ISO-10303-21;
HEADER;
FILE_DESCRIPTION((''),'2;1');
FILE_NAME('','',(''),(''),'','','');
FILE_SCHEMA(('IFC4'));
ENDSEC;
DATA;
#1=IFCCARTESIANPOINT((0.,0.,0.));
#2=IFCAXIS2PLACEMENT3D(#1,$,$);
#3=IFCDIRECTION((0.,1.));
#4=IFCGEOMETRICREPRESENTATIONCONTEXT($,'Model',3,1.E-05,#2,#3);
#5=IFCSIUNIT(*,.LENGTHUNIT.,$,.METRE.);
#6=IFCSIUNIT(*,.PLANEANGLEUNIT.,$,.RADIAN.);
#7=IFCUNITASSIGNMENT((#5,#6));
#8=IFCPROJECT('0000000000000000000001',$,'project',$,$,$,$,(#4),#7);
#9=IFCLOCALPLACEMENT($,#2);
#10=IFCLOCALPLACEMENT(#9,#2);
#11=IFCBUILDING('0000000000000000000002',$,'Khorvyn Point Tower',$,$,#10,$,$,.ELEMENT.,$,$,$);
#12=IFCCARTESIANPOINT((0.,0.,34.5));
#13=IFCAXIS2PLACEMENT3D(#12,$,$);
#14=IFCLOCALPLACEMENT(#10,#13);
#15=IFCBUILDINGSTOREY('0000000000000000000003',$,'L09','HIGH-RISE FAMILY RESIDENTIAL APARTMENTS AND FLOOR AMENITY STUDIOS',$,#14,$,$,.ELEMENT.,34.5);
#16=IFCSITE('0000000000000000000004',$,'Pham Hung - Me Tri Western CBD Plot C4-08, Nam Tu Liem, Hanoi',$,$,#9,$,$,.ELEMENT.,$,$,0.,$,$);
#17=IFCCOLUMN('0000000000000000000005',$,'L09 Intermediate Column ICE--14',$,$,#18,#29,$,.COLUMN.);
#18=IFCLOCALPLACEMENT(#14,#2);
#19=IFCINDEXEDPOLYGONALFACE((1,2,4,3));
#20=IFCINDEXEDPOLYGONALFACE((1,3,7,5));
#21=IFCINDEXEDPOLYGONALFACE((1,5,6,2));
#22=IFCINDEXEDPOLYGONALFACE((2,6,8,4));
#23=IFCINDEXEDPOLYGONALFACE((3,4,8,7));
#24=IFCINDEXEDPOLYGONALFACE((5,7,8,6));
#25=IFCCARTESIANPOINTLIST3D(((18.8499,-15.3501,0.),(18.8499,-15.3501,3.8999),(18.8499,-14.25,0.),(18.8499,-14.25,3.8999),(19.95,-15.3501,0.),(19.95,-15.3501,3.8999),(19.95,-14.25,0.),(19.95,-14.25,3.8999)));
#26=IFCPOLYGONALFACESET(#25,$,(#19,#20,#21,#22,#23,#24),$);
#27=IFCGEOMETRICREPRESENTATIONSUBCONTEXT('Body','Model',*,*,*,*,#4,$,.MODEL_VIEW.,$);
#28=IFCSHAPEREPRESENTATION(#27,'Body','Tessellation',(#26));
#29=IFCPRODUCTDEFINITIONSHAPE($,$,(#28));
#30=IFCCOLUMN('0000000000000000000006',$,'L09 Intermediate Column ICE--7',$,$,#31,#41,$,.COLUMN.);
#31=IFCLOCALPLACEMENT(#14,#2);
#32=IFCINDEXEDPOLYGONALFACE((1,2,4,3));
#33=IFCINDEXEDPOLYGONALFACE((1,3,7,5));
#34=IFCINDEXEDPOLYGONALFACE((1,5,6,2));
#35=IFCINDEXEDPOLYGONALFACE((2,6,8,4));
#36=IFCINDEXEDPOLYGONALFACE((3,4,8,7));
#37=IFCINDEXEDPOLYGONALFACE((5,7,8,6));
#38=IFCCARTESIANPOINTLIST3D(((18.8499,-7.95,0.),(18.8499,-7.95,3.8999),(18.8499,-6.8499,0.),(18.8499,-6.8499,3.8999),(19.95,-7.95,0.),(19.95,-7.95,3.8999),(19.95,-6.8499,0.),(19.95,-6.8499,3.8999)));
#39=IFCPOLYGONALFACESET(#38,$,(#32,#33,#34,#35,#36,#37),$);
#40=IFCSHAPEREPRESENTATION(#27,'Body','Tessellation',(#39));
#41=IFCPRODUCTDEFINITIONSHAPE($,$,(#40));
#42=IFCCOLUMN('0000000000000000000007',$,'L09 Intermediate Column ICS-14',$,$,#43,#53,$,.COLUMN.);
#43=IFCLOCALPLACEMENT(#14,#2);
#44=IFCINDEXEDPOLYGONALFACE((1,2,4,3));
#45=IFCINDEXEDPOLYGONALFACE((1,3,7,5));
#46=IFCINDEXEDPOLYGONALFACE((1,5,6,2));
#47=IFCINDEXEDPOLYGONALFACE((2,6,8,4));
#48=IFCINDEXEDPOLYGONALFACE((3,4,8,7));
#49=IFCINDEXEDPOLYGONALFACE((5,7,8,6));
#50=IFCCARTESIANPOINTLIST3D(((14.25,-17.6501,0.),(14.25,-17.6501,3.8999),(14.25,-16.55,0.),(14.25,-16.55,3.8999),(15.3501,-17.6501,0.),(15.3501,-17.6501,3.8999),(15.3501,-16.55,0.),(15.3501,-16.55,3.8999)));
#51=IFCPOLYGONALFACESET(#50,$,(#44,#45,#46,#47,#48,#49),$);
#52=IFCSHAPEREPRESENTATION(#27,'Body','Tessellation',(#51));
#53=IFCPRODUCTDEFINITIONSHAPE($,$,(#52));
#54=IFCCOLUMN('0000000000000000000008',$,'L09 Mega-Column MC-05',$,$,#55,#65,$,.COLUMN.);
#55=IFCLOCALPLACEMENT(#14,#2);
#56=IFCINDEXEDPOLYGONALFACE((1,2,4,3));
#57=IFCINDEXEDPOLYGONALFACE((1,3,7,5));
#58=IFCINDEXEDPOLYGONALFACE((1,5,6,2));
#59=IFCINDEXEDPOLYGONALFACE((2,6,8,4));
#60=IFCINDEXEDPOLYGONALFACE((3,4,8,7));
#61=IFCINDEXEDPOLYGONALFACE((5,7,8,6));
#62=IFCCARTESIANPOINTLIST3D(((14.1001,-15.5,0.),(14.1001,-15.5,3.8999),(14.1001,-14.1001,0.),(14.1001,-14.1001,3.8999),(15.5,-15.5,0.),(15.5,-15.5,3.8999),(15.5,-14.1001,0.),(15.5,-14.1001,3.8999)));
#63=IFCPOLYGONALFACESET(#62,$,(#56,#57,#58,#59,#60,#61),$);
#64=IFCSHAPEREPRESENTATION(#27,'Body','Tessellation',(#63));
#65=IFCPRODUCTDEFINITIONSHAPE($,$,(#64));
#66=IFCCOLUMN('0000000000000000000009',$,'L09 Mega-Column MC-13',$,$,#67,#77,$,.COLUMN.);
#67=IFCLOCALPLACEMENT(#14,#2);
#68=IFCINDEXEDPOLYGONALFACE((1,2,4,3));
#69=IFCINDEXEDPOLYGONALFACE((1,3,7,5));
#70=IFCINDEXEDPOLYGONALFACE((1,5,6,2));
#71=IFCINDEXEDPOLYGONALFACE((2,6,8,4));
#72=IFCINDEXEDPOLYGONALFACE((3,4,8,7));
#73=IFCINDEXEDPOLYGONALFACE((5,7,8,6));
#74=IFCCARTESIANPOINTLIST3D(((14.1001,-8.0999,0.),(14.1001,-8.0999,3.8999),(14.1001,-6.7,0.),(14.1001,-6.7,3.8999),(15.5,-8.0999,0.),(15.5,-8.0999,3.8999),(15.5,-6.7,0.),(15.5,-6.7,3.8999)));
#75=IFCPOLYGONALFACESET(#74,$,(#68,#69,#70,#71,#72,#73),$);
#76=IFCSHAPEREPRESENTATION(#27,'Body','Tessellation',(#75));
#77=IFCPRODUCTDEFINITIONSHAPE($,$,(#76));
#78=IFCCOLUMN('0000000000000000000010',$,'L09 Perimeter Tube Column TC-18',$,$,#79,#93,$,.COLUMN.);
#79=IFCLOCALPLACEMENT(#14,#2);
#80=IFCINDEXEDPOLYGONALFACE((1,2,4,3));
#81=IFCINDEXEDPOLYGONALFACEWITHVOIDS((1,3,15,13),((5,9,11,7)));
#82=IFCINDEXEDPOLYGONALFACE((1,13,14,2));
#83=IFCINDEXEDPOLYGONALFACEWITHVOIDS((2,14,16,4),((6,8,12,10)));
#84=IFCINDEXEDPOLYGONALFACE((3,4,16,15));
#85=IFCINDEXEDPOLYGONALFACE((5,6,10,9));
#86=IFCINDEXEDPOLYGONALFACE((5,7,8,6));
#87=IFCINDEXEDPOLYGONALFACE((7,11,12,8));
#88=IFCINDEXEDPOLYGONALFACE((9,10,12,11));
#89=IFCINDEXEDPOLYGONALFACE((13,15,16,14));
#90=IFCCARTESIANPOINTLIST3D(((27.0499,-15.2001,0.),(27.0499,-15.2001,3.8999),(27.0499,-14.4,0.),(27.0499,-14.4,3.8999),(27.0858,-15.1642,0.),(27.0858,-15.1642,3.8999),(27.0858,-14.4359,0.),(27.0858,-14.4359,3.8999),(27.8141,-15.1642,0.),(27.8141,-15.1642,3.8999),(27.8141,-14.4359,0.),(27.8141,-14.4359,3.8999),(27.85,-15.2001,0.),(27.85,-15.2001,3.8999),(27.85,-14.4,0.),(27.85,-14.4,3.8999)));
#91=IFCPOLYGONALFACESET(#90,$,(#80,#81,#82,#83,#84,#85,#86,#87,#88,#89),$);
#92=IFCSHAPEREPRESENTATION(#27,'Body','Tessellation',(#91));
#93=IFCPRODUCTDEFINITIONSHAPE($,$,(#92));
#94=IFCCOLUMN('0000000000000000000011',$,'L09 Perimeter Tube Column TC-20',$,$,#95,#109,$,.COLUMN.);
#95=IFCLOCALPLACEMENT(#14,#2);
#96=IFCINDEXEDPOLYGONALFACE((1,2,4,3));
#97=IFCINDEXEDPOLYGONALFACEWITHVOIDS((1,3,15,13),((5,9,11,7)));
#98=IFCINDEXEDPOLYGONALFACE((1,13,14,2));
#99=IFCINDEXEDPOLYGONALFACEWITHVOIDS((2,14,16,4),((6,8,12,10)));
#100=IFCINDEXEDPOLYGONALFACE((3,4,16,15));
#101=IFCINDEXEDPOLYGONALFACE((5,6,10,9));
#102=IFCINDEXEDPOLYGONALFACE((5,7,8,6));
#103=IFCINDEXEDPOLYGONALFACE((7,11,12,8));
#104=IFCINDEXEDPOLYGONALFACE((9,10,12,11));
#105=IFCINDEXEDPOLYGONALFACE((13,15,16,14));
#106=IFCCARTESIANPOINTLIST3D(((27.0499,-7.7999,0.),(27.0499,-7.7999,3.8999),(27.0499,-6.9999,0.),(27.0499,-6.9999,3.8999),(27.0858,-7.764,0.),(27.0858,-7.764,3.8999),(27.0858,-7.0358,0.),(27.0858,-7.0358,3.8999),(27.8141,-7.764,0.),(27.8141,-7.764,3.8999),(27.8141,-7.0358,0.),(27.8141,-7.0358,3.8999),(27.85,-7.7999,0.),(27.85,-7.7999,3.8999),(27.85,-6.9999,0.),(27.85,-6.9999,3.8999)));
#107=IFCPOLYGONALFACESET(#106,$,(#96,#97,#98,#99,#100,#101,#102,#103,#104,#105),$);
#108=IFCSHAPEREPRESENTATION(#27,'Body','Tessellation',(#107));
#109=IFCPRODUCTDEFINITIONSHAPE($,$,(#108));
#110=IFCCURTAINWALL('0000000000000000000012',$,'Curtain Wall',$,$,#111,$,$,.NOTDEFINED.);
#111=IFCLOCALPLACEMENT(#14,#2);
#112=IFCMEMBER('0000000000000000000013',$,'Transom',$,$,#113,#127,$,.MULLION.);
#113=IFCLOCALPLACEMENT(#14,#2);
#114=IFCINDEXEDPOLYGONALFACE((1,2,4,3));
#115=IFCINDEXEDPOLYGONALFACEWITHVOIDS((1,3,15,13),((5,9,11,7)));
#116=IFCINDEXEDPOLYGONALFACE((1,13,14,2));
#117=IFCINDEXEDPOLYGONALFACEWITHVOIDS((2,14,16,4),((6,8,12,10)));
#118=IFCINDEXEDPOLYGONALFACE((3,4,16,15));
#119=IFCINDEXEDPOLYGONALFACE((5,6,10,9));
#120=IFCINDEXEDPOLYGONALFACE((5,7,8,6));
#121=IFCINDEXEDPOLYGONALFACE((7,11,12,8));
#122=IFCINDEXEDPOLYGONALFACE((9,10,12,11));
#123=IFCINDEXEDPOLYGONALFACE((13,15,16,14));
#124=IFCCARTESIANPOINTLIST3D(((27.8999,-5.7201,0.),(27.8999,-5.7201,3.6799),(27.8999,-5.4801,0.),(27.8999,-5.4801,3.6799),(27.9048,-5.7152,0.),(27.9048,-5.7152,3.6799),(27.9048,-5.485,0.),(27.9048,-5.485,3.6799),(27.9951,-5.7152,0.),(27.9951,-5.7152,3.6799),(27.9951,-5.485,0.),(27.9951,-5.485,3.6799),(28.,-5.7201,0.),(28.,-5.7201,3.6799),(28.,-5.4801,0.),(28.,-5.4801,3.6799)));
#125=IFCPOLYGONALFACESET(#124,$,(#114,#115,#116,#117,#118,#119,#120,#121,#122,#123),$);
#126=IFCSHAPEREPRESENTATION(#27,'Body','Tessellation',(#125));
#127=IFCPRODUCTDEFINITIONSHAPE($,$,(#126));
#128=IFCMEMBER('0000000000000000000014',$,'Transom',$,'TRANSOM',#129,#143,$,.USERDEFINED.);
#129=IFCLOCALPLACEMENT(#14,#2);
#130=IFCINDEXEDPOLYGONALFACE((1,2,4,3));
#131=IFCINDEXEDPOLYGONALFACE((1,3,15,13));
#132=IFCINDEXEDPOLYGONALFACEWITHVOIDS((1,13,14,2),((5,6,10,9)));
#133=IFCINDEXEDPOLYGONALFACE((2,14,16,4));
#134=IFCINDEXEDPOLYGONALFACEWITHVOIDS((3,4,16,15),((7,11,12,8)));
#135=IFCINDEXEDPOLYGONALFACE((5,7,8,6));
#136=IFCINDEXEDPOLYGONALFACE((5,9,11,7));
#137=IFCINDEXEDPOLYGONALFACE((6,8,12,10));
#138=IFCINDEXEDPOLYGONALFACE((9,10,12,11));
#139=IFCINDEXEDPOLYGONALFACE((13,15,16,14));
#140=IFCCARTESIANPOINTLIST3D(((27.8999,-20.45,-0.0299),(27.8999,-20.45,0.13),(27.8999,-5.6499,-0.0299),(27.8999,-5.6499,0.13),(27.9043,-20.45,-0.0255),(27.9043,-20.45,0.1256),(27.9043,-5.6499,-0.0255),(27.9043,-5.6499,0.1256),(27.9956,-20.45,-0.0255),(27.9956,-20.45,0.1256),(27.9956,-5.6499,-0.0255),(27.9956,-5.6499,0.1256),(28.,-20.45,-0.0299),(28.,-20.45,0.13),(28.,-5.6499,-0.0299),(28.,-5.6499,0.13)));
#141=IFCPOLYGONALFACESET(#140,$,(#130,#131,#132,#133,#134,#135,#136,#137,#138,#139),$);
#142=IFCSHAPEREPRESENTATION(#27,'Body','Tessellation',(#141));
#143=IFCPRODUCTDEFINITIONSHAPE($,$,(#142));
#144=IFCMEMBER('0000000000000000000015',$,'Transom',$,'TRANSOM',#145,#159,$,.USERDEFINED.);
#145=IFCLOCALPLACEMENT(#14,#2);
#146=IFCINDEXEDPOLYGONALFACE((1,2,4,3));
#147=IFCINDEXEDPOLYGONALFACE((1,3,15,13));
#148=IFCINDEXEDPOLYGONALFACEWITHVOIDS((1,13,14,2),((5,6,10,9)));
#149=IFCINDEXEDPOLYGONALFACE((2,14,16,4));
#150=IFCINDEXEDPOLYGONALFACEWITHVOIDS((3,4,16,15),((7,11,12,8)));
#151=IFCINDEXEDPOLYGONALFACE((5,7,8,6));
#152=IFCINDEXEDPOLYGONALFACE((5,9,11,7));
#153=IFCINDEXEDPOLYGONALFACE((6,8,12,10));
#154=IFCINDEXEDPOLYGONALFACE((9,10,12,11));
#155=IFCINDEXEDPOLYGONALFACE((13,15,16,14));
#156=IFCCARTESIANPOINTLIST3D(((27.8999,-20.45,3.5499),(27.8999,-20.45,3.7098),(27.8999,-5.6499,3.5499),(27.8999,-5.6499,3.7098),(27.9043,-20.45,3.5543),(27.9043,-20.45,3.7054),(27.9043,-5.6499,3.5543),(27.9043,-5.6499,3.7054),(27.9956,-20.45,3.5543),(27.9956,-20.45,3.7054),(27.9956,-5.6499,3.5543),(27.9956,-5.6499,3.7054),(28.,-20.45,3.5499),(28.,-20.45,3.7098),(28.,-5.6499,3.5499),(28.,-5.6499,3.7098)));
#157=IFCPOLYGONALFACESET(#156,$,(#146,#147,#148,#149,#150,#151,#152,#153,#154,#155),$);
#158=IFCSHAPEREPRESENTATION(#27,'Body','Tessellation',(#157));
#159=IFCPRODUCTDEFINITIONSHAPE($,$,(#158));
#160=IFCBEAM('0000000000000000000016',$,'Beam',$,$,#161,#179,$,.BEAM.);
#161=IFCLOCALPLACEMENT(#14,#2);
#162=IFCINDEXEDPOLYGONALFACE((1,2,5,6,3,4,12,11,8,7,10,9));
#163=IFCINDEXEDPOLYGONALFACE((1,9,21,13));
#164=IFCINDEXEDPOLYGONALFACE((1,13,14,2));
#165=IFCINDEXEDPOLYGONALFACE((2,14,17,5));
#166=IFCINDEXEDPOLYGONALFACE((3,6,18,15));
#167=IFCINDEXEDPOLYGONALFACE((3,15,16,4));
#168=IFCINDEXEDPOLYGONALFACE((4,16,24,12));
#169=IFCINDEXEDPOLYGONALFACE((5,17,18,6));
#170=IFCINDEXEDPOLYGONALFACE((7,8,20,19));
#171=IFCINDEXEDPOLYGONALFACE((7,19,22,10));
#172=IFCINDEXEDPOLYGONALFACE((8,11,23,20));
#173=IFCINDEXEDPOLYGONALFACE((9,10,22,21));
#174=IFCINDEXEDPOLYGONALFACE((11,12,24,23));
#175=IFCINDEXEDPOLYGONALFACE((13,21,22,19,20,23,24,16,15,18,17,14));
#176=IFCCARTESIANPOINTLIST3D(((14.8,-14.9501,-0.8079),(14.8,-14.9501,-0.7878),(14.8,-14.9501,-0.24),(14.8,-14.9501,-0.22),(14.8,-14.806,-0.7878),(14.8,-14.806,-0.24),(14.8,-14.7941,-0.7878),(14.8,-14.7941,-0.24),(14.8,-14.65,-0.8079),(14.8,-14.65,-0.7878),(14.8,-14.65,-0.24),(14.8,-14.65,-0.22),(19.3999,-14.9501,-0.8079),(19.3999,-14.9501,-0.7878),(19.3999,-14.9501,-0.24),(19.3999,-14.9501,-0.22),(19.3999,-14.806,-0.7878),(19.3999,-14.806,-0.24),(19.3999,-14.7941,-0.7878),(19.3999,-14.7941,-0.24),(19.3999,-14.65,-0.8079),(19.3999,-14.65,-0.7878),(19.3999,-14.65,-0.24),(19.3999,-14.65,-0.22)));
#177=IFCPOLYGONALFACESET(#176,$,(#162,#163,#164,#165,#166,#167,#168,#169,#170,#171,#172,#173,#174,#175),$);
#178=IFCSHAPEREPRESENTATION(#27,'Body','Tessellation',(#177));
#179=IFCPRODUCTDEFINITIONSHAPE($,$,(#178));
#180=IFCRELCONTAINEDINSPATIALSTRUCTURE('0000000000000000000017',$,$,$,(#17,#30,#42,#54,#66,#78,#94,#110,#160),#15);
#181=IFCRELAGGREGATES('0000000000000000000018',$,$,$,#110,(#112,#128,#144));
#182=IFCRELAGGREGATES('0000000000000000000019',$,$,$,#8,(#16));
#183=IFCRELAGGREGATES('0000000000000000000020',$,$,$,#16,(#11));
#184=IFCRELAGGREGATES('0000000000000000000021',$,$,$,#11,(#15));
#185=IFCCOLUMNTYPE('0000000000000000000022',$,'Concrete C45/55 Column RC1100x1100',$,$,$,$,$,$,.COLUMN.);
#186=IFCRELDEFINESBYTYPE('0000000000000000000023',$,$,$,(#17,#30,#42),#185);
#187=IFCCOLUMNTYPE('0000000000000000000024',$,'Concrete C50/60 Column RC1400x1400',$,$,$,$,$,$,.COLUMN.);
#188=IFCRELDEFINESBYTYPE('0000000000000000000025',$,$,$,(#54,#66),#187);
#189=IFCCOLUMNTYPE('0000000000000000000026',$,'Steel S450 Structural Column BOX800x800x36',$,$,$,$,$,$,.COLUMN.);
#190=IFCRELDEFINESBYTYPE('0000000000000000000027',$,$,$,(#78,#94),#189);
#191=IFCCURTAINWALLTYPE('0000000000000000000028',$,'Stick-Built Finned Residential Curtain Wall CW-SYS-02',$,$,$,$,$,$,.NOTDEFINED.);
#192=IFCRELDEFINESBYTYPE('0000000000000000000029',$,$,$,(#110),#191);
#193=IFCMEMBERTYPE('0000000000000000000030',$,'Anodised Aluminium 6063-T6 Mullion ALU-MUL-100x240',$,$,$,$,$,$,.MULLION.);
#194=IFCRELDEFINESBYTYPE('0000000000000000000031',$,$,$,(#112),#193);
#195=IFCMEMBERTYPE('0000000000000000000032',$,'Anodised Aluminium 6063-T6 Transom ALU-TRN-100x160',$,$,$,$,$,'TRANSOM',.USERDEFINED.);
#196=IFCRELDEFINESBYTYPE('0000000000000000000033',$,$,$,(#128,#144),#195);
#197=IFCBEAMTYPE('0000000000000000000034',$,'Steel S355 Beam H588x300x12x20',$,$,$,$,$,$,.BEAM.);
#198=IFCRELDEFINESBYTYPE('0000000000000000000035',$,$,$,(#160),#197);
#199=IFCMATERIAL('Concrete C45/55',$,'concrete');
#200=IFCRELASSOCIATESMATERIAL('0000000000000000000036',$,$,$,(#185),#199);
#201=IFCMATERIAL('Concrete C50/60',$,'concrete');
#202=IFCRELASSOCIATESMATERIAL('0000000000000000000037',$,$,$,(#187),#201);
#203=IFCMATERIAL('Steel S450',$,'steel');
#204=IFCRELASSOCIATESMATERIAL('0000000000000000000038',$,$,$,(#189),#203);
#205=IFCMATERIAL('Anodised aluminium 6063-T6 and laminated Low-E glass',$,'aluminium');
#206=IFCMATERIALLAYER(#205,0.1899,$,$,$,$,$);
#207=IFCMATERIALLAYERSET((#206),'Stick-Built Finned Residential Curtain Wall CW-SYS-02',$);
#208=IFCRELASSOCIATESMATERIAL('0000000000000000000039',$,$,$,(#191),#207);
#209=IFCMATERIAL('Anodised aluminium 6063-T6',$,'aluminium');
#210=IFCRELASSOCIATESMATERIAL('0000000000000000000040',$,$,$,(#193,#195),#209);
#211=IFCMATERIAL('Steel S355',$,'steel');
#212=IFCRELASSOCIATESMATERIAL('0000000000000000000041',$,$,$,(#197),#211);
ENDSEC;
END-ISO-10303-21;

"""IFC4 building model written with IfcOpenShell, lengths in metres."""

from ifc_helpers import new_model, si_unit, direction, frame, origin, origin_2d, place, context, subcontext, project, spatial, rectangle, hollow_rectangle, i_section, extrude, material, layer, layer_set, material_profile, profile_set, type_object, element, aggregate, save


model = new_model("IFC4")

# Units and contexts
model_context = context("Model", 3, precision=1e-05, world=origin(), true_north=direction((0.0, 1.0)))
body_context = subcontext(model_context, "Body", "Model", "MODEL_VIEW")
ifc_project = project(units=[si_unit("LENGTHUNIT", "METRE"), si_unit("PLANEANGLEUNIT", "RADIAN")], contexts=[model_context])

# Site, building, storey
site_placement = place(None, origin())
site = spatial("IfcSite", under=ifc_project, at=site_placement, Name="Pham Hung - Me Tri Western CBD Plot C4-08, Nam Tu Liem, Hanoi", CompositionType="ELEMENT", RefElevation=0.0)
building_placement = place(site_placement, origin())
building = spatial("IfcBuilding", under=site, at=building_placement, Name="Khorvyn Point Tower", CompositionType="ELEMENT")
storey_placement = place(building_placement, frame((0.0, 0.0, 34.5)))
storey = spatial("IfcBuildingStorey", under=building, at=storey_placement, Name="L09", Description="HIGH-RISE FAMILY RESIDENTIAL APARTMENTS AND FLOOR AMENITY STUDIOS", CompositionType="ELEMENT", Elevation=34.5)

# Columns
ifc_material_1 = material(Name="Concrete C45/55", Category="concrete")
ifc_material_profile_1 = material_profile(ifc_material_1, rectangle(XDim=1.1001, YDim=1.1001, at=origin_2d()))
ifc_profile_set_1 = profile_set([ifc_material_profile_1], Name="Concrete C45/55 RC1100x1100")
column_type_1 = type_object("IfcColumnType", Name="Concrete C45/55 Column RC1100x1100", PredefinedType="COLUMN", material=ifc_profile_set_1)
for number, where, z_axis, x_axis, name in (
    (1, (19.3999, -14.8, 0.0), (0.0, 0.0, 1.0), (1.0, 0.0, 0.0), "L09 Intermediate Column ICE--14"),
    (2, (19.3999, -7.3999, 0.0), (0.0, 0.0, 1.0), (1.0, 0.0, 0.0), "L09 Intermediate Column ICE--7"),
    (3, (14.8, -17.1001, 0.0), (0.0, 0.0, 1.0), (1.0, 0.0, 0.0), "L09 Intermediate Column ICS-14"),
):
    element("IfcColumn", number, at=place(storey_placement, frame(where, z_axis=z_axis, x_axis=x_axis)), inside=storey, type_object=column_type_1, Name=name, PredefinedType="COLUMN", context=body_context, shape_type="SweptSolid", body=[
        extrude(rectangle(XDim=1.1001, YDim=1.1001, at=origin_2d()), origin(), (0.0, 0.0, 1.0), 3.8999),
    ])
ifc_material_2 = material(Name="Concrete C50/60", Category="concrete")
ifc_material_profile_2 = material_profile(ifc_material_2, rectangle(XDim=1.3999, YDim=1.3999, at=origin_2d()))
ifc_profile_set_2 = profile_set([ifc_material_profile_2], Name="Concrete C50/60 RC1400x1400")
column_type_2 = type_object("IfcColumnType", Name="Concrete C50/60 Column RC1400x1400", PredefinedType="COLUMN", material=ifc_profile_set_2)
for number, where, z_axis, x_axis, name in (
    (4, (14.8, -14.8, 0.0), (0.0, 0.0, 1.0), (1.0, 0.0, 0.0), "L09 Mega-Column MC-05"),
    (5, (14.8, -7.3999, 0.0), (0.0, 0.0, 1.0), (1.0, 0.0, 0.0), "L09 Mega-Column MC-13"),
):
    element("IfcColumn", number, at=place(storey_placement, frame(where, z_axis=z_axis, x_axis=x_axis)), inside=storey, type_object=column_type_2, Name=name, PredefinedType="COLUMN", context=body_context, shape_type="SweptSolid", body=[
        extrude(rectangle(XDim=1.3999, YDim=1.3999, at=origin_2d()), origin(), (0.0, 0.0, 1.0), 3.8999),
    ])
ifc_material_3 = material(Name="Steel S450", Category="steel")
ifc_material_profile_3 = material_profile(ifc_material_3, hollow_rectangle(XDim=0.8, YDim=0.8, WallThickness=0.0359, at=origin_2d()))
ifc_profile_set_3 = profile_set([ifc_material_profile_3], Name="Steel S450 BOX800x800x36")
column_type_3 = type_object("IfcColumnType", Name="Steel S450 Structural Column BOX800x800x36", PredefinedType="COLUMN", material=ifc_profile_set_3)
for number, where, z_axis, x_axis, name in (
    (6, (27.45, -14.8, 0.0), (0.0, 0.0, 1.0), (1.0, 0.0, 0.0), "L09 Perimeter Tube Column TC-18"),
    (7, (27.45, -7.3999, 0.0), (0.0, 0.0, 1.0), (1.0, 0.0, 0.0), "L09 Perimeter Tube Column TC-20"),
):
    element("IfcColumn", number, at=place(storey_placement, frame(where, z_axis=z_axis, x_axis=x_axis)), inside=storey, type_object=column_type_3, Name=name, PredefinedType="COLUMN", context=body_context, shape_type="SweptSolid", body=[
        extrude(hollow_rectangle(XDim=0.8, YDim=0.8, WallThickness=0.0359, at=origin_2d()), origin(), (0.0, 0.0, 1.0), 3.8999),
    ])

# Curtain wall, members
ifc_material_4 = material(Name="Anodised aluminium 6063-T6 and laminated Low-E glass", Category="aluminium")
ifc_layer_1 = layer(ifc_material_4, 0.1899)
ifc_layer_set_1 = layer_set([ifc_layer_1], Name="Stick-Built Finned Residential Curtain Wall CW-SYS-02")
curtain_wall_type = type_object("IfcCurtainWallType", Name="Stick-Built Finned Residential Curtain Wall CW-SYS-02", PredefinedType="NOTDEFINED", material=ifc_layer_set_1)
curtain_wall_placement = place(storey_placement, origin())
curtain_wall = element("IfcCurtainWall", 8, at=curtain_wall_placement, inside=storey, type_object=curtain_wall_type, Name="Curtain Wall", PredefinedType="NOTDEFINED")
ifc_material_5 = material(Name="Anodised aluminium 6063-T6", Category="aluminium")
ifc_material_profile_4 = material_profile(ifc_material_5, hollow_rectangle(XDim=0.1001, YDim=0.24, WallThickness=0.0049, at=origin_2d()))
ifc_profile_set_4 = profile_set([ifc_material_profile_4], Name="Anodised aluminium 6063-T6 ALU-MUL-100x240")
member_type_1 = type_object("IfcMemberType", Name="Anodised Aluminium 6063-T6 Mullion ALU-MUL-100x240", PredefinedType="MULLION", material=ifc_profile_set_4)
member_1_placement = place(storey_placement, frame((27.95, -5.6001, 0.0), z_axis=(0.0, 0.0, 1.0), x_axis=(1.0, 0.0, 0.0)))
member_1 = element("IfcMember", 9, at=member_1_placement, type_object=member_type_1, Name="Transom", PredefinedType="MULLION", context=body_context, shape_type="SweptSolid", body=[
    extrude(hollow_rectangle(XDim=0.1001, YDim=0.24, WallThickness=0.0049, at=origin_2d()), origin(), (0.0, 0.0, 1.0), 3.6799),
])
ifc_material_profile_5 = material_profile(ifc_material_5, hollow_rectangle(XDim=0.1001, YDim=0.1599, WallThickness=0.0044, at=origin_2d()))
ifc_profile_set_5 = profile_set([ifc_material_profile_5], Name="Anodised aluminium 6063-T6 ALU-TRN-100x160")
member_type_2 = type_object("IfcMemberType", Name="Anodised Aluminium 6063-T6 Transom ALU-TRN-100x160", ElementType="TRANSOM", PredefinedType="USERDEFINED", material=ifc_profile_set_5)
member_2_placement = place(storey_placement, frame((27.95, -5.6499, 0.05), z_axis=(0.0, -1.0, 0.0), x_axis=(1.0, 0.0, 0.0)))
member_2 = element("IfcMember", 10, at=member_2_placement, type_object=member_type_2, Name="Transom", ObjectType="TRANSOM", PredefinedType="USERDEFINED", context=body_context, shape_type="SweptSolid", body=[
    extrude(hollow_rectangle(XDim=0.1001, YDim=0.1599, WallThickness=0.0044, at=origin_2d()), origin(), (0.0, 0.0, 1.0), 14.8),
])
member_3_placement = place(storey_placement, frame((27.95, -5.6499, 3.6299), z_axis=(0.0, -1.0, 0.0), x_axis=(1.0, 0.0, 0.0)))
member_3 = element("IfcMember", 11, at=member_3_placement, type_object=member_type_2, Name="Transom", ObjectType="TRANSOM", PredefinedType="USERDEFINED", context=body_context, shape_type="SweptSolid", body=[
    extrude(hollow_rectangle(XDim=0.1001, YDim=0.1599, WallThickness=0.0044, at=origin_2d()), origin(), (0.0, 0.0, 1.0), 14.8),
])

# Beam
ifc_material_6 = material(Name="Steel S355", Category="steel")
ifc_material_profile_6 = material_profile(ifc_material_6, i_section(OverallWidth=0.3, OverallDepth=0.5879, WebThickness=0.012, FlangeThickness=0.02, at=origin_2d()))
ifc_profile_set_6 = profile_set([ifc_material_profile_6], Name="Steel S355 H588x300x12x20")
beam_type_1 = type_object("IfcBeamType", Name="Steel S355 Beam H588x300x12x20", PredefinedType="BEAM", material=ifc_profile_set_6)
beam_1_placement = place(storey_placement, frame((14.8, -14.8, -0.5139), z_axis=(1.0, 0.0, 0.0), x_axis=(0.0, 1.0, 0.0)))
element("IfcBeam", 12, at=beam_1_placement, inside=storey, type_object=beam_type_1, Name="Beam", PredefinedType="BEAM", context=body_context, shape_type="SweptSolid", body=[
    extrude(i_section(OverallWidth=0.3, OverallDepth=0.5879, WebThickness=0.012, FlangeThickness=0.02, at=origin_2d()), origin(), (0.0, 0.0, 1.0), 4.5999),
])

aggregate(curtain_wall, [member_1, member_2, member_3])

save(model, "model.ifc")
